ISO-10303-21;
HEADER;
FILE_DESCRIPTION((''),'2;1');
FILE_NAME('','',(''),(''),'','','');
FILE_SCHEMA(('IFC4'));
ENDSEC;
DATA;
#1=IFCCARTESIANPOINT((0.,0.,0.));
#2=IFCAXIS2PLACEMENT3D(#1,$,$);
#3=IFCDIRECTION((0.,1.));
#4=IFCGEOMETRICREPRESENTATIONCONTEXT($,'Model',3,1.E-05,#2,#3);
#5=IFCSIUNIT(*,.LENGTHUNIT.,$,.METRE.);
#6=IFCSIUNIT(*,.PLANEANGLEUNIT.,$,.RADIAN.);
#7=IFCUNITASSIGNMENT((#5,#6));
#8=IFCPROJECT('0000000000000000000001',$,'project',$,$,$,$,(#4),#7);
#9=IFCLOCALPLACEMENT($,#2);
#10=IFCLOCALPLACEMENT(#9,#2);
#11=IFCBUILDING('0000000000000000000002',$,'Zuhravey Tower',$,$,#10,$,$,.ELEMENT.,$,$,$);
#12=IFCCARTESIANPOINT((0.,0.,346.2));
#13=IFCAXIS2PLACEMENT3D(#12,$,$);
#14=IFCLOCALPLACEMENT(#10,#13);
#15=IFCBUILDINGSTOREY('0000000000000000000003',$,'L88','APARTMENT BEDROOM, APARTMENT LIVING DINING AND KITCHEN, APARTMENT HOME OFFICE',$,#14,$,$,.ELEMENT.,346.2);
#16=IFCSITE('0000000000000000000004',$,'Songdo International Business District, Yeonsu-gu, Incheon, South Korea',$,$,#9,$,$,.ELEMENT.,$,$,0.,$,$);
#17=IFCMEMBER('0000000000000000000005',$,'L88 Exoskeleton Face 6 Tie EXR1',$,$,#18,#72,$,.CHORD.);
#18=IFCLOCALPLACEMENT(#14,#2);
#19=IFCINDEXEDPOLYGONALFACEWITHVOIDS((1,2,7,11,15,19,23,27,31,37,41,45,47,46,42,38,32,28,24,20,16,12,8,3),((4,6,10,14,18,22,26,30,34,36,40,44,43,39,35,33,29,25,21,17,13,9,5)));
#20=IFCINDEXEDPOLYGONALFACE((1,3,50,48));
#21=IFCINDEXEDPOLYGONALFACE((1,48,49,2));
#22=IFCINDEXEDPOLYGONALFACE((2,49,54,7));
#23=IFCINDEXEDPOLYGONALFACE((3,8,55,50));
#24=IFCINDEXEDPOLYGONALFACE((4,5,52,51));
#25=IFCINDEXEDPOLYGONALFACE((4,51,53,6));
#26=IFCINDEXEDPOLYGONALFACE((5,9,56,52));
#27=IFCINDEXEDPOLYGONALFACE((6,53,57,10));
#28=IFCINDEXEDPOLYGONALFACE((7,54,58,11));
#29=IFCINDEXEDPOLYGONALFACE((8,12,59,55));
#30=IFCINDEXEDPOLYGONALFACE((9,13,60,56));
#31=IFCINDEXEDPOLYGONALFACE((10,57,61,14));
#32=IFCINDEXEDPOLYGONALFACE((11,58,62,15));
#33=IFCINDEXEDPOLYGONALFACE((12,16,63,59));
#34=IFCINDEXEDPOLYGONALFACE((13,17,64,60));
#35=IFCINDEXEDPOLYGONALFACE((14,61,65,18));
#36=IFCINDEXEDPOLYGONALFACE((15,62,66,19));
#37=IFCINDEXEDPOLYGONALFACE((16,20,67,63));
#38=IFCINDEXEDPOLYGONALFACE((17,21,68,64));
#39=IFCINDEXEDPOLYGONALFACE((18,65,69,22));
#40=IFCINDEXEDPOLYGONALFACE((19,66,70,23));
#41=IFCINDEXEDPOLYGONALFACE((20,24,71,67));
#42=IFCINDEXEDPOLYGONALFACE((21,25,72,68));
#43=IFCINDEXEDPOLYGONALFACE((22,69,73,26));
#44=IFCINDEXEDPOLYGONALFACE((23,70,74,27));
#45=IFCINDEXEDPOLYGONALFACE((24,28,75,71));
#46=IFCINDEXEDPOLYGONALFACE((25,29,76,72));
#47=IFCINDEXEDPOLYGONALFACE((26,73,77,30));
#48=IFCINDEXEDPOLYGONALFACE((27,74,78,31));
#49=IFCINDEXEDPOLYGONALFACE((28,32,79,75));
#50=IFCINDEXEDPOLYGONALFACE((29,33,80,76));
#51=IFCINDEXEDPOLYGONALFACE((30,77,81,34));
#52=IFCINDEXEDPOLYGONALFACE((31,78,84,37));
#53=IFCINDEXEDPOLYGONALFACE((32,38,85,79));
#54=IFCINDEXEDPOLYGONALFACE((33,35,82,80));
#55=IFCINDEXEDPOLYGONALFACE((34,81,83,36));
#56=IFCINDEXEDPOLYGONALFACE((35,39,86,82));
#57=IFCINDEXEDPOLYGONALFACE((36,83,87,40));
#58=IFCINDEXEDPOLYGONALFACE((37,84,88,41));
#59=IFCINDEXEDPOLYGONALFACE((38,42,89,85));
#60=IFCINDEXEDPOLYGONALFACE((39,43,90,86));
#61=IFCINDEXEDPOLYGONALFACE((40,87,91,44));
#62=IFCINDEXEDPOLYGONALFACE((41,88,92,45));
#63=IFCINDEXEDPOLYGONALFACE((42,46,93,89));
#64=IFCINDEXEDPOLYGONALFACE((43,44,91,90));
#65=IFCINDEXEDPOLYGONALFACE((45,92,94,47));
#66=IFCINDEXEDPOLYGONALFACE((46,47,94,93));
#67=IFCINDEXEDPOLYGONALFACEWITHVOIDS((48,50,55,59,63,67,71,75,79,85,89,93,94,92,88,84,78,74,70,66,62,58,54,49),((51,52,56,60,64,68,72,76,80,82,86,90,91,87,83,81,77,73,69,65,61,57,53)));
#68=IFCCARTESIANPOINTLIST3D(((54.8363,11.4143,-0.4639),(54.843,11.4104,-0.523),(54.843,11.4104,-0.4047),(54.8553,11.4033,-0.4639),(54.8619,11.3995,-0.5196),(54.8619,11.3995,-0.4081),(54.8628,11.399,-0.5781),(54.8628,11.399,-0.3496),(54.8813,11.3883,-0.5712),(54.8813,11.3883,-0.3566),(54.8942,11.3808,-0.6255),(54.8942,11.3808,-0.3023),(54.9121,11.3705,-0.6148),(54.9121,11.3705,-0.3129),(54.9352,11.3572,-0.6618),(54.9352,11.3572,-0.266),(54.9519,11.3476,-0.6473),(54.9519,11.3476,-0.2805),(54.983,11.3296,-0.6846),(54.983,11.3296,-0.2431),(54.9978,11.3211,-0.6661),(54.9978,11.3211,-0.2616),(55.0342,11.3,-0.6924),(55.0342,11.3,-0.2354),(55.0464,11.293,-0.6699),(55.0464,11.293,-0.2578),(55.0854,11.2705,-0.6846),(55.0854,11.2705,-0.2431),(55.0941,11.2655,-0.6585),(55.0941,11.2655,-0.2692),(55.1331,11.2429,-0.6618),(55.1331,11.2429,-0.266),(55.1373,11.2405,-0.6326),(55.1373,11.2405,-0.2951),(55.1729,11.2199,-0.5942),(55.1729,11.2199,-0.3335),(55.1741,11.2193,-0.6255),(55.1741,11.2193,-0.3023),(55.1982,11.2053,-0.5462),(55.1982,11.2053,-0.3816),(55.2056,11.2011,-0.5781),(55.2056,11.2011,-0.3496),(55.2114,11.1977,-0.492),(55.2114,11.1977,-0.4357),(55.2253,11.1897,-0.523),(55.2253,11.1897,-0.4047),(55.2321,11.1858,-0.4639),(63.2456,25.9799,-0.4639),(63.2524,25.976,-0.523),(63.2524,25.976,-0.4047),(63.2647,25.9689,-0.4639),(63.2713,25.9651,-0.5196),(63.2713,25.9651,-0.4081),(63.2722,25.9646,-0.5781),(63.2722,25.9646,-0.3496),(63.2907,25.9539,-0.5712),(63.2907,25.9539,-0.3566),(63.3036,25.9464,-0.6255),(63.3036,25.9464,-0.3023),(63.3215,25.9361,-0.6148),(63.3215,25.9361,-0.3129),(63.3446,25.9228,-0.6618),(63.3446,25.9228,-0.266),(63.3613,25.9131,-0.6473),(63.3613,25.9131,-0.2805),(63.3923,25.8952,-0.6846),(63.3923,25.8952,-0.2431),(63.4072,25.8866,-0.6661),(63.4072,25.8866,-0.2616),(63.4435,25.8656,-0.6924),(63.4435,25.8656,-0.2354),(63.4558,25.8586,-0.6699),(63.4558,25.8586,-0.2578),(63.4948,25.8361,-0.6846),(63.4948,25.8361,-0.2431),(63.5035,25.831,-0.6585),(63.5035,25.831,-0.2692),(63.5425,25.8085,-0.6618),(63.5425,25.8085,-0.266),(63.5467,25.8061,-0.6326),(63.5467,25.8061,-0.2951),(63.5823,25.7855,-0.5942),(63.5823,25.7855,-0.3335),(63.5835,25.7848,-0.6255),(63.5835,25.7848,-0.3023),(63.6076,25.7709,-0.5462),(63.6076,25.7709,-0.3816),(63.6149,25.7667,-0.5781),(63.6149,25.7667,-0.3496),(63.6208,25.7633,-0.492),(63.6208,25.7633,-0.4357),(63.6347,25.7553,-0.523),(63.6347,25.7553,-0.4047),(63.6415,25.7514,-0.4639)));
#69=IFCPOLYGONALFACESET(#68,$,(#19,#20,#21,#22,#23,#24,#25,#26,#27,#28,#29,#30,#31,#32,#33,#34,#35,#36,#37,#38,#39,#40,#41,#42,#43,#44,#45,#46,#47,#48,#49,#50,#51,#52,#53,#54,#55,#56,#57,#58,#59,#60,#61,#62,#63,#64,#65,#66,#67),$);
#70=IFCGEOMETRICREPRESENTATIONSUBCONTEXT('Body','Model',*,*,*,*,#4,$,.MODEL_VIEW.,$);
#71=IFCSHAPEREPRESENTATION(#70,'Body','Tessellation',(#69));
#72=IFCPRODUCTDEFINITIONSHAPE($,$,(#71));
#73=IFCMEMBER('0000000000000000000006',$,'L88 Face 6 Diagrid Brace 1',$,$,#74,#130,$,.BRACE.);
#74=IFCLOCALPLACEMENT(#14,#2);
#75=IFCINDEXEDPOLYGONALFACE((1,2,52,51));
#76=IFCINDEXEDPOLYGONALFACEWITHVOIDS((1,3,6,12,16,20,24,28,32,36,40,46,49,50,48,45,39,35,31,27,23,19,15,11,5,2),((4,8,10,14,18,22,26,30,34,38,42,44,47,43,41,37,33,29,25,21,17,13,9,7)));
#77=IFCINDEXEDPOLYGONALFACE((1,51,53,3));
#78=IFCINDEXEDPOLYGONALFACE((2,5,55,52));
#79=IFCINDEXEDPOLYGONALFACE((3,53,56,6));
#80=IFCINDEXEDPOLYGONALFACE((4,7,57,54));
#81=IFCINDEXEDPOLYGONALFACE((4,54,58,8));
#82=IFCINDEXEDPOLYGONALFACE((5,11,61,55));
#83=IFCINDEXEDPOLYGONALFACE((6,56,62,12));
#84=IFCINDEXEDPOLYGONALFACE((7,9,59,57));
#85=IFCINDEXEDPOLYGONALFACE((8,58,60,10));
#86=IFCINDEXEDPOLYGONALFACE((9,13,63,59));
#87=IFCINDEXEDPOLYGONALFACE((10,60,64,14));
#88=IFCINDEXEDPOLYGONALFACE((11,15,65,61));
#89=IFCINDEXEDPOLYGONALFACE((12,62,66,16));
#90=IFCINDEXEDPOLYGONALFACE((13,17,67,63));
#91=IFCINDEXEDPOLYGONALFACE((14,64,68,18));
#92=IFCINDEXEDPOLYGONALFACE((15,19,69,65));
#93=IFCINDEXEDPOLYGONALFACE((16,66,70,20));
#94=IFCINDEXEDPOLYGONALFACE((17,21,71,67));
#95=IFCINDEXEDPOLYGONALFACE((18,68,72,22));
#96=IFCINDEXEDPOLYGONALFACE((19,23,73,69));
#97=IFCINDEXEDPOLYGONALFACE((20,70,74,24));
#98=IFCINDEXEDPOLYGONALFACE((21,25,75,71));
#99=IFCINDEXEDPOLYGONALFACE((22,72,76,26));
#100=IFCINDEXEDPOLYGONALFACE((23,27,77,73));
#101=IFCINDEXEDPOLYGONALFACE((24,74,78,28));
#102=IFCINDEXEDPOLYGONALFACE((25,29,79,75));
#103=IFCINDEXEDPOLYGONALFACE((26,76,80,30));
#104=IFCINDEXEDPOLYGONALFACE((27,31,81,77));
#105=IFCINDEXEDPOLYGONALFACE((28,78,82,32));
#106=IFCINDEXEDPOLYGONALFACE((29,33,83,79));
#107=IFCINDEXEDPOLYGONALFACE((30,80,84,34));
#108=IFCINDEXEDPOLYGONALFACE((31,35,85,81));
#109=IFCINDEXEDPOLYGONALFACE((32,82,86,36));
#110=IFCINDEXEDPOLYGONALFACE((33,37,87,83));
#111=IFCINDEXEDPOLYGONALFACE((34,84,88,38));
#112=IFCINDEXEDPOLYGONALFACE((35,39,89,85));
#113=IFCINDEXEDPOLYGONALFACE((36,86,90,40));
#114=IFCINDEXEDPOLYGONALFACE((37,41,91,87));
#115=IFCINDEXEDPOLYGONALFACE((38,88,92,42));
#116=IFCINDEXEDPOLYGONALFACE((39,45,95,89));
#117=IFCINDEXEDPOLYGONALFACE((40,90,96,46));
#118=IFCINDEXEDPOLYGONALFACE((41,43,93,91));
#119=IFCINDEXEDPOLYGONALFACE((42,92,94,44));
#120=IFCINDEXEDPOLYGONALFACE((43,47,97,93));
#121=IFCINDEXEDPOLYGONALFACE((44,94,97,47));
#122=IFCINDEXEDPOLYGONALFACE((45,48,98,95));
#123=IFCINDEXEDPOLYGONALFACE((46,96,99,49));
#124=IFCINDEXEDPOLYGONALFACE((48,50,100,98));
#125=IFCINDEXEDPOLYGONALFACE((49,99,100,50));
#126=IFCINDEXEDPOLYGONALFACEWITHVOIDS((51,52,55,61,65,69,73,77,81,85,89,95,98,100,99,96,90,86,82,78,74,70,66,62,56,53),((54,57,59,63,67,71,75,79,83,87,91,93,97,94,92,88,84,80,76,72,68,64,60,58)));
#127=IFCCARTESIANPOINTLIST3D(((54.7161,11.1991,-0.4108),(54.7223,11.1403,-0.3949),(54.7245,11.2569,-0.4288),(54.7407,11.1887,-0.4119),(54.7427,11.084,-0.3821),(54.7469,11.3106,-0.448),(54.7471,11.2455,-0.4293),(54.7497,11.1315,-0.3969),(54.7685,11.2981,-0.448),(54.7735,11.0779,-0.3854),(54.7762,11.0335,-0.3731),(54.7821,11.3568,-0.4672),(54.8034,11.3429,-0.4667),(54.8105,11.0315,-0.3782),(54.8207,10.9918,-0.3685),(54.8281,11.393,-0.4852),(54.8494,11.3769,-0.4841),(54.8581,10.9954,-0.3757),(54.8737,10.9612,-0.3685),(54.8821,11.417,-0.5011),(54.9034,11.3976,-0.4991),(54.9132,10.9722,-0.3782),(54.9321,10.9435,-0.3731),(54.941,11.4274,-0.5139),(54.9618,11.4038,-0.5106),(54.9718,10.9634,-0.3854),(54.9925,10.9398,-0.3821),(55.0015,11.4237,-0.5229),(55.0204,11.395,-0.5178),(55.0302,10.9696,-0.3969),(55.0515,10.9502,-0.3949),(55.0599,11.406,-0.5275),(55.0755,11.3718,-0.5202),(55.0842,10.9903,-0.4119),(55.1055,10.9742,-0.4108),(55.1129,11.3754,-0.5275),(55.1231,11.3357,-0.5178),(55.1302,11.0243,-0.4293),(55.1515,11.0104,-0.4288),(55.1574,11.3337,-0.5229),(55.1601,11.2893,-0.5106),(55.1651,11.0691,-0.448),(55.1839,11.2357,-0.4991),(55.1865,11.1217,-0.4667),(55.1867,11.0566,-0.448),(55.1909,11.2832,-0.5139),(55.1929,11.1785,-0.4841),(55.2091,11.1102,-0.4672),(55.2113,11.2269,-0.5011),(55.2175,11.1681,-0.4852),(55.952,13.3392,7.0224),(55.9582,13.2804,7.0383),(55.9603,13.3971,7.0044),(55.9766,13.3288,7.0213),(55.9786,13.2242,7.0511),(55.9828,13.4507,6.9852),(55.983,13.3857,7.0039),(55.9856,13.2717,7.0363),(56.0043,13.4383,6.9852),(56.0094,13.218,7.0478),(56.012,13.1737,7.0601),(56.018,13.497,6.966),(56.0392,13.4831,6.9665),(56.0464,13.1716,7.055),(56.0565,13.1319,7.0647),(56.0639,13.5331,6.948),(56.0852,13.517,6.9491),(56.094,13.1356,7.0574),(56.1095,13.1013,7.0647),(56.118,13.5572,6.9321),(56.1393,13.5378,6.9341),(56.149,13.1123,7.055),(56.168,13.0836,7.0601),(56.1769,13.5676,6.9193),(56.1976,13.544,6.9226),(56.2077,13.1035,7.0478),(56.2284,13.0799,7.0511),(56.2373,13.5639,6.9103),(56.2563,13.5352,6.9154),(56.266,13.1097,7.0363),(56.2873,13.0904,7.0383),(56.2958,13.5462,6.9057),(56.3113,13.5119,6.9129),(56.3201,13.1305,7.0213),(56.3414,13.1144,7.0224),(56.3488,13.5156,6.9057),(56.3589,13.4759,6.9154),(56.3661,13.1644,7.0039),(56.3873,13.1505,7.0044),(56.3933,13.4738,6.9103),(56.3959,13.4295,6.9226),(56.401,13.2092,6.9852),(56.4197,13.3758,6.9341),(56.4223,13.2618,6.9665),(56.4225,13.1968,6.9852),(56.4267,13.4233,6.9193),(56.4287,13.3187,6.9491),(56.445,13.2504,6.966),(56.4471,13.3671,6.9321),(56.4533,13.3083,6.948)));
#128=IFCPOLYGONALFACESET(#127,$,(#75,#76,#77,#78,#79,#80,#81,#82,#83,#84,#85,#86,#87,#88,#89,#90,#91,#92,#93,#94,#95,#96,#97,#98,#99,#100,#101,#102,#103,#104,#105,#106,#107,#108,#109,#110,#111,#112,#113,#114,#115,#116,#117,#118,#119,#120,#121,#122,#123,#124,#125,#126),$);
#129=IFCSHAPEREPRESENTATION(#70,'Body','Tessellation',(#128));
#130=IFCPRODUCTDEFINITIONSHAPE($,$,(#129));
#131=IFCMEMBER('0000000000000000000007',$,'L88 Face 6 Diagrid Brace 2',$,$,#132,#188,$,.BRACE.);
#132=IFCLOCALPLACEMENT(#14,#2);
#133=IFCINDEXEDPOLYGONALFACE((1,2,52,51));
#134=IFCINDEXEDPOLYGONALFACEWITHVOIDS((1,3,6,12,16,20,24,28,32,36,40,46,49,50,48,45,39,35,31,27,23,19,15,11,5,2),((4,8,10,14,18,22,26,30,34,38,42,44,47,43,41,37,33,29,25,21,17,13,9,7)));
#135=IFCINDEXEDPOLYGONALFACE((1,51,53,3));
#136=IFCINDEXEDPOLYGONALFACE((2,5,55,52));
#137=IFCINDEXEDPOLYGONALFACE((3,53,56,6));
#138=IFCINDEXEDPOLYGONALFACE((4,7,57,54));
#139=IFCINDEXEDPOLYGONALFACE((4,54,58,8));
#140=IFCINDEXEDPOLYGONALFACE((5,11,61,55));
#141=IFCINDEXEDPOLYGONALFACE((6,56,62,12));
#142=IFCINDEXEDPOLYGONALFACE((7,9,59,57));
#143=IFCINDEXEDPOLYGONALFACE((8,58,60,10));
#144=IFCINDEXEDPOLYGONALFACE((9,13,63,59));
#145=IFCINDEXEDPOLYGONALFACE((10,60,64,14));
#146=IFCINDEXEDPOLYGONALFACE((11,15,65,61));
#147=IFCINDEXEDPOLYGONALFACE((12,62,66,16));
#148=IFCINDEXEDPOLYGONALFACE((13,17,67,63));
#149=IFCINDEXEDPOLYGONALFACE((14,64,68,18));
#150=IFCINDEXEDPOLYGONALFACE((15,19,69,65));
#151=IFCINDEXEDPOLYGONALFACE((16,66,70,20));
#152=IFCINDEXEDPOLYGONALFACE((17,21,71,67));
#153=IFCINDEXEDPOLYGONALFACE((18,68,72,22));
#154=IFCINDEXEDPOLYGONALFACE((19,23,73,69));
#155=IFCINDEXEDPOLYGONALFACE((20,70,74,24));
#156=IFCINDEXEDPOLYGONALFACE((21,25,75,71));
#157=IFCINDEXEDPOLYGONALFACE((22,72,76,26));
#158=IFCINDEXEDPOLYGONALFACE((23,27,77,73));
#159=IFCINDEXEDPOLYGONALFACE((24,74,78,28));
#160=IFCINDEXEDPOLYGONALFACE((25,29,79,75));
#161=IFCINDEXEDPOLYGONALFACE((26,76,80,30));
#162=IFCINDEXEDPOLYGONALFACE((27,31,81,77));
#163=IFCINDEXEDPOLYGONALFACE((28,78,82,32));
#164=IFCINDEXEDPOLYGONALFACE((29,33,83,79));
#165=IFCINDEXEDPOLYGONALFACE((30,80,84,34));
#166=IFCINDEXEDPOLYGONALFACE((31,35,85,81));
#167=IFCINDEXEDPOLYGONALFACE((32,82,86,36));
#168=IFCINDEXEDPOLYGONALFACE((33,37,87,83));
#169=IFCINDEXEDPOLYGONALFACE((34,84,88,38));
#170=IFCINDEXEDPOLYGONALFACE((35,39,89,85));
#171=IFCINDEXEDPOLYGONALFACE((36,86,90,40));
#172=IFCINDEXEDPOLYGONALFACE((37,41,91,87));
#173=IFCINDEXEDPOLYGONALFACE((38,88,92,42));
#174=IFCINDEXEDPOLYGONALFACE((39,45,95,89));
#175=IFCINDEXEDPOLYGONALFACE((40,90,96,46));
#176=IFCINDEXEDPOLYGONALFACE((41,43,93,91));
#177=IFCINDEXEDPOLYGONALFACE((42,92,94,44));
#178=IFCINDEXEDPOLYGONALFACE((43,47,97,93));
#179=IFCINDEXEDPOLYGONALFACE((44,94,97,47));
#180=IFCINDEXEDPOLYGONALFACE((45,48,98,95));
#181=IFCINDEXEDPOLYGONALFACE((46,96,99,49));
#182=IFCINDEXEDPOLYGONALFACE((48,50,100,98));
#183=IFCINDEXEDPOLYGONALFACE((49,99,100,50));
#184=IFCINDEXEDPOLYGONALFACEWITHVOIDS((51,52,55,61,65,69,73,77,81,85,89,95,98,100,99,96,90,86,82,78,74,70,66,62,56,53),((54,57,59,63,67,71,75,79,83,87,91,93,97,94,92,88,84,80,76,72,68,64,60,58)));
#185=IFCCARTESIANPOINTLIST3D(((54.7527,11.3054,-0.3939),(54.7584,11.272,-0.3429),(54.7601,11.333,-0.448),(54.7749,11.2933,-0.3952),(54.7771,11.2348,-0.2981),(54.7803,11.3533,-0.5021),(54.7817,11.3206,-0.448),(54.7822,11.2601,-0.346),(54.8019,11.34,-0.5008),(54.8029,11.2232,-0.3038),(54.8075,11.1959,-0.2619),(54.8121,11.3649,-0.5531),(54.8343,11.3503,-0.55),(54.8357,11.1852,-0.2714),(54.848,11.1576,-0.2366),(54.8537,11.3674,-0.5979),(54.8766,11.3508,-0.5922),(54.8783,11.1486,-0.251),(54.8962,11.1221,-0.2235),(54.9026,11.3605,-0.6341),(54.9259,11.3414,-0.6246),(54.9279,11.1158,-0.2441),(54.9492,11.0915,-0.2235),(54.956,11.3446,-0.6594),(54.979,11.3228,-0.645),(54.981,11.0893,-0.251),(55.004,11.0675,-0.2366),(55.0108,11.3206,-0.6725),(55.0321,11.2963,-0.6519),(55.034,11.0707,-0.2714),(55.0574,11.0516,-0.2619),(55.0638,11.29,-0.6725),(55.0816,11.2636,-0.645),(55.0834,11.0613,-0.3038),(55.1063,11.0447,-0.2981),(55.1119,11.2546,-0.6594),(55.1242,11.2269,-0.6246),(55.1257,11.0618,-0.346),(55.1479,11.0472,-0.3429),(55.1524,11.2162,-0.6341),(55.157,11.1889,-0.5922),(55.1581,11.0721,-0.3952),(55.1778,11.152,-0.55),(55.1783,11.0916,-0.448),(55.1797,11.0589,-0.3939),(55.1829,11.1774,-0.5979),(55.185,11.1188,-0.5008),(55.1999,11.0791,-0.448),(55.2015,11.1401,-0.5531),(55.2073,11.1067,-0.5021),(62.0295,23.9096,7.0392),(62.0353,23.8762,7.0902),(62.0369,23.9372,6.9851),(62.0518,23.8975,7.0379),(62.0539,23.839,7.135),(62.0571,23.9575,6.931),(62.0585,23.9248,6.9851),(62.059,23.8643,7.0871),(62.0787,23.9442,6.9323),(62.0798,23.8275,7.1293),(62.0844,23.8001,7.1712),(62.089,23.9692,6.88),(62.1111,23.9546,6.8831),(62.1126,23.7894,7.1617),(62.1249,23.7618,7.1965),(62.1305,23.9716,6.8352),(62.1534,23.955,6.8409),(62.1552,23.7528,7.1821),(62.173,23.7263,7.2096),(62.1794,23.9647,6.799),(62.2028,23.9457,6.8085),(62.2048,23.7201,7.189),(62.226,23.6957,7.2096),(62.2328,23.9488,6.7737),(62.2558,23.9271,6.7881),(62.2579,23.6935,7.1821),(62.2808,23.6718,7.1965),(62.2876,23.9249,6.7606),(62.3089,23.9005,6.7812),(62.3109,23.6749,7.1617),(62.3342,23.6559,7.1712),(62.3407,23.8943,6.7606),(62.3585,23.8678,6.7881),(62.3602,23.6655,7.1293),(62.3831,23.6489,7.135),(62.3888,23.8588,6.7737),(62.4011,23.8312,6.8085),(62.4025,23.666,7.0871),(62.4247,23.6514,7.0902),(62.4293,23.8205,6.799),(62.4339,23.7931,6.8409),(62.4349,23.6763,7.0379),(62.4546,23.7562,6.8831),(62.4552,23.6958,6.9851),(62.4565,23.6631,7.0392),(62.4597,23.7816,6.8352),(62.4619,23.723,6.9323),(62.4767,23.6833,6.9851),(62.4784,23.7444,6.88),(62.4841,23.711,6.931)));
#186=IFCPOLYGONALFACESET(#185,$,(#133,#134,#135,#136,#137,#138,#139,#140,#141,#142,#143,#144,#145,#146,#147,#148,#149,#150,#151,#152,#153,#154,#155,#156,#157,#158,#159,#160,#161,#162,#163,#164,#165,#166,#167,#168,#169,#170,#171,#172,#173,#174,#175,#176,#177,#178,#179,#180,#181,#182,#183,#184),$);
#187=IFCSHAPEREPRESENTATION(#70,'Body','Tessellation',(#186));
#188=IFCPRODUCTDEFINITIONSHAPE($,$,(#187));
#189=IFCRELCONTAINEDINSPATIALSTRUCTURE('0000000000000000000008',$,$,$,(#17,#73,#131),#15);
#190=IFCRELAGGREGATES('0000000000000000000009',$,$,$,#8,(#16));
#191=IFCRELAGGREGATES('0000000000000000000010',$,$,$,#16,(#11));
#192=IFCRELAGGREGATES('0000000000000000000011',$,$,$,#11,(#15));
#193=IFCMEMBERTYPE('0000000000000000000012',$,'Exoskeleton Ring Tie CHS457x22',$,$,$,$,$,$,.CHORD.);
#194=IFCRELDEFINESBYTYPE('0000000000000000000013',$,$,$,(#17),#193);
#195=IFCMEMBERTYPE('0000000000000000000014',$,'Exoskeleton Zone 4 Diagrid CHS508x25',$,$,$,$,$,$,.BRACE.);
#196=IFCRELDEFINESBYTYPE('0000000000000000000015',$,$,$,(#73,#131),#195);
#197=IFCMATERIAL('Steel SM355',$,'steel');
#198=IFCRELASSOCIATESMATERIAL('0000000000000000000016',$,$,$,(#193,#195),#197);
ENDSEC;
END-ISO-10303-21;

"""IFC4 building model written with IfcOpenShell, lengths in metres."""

from ifc_helpers import new_model, si_unit, direction, frame, origin, origin_2d, place, context, subcontext, project, spatial, hollow_circle, extrude, material, material_profile, profile_set, type_object, element, save


model = new_model("IFC4")

# Units and contexts
model_context = context("Model", 3, precision=1e-05, world=origin(), true_north=direction((0.0, 1.0)))
body_context = subcontext(model_context, "Body", "Model", "MODEL_VIEW")
ifc_project = project(units=[si_unit("LENGTHUNIT", "METRE"), si_unit("PLANEANGLEUNIT", "RADIAN")], contexts=[model_context])

# Site, building, storey
site_placement = place(None, origin())
site = spatial("IfcSite", under=ifc_project, at=site_placement, Name="Songdo International Business District, Yeonsu-gu, Incheon, South Korea", CompositionType="ELEMENT", RefElevation=0.0)
building_placement = place(site_placement, origin())
building = spatial("IfcBuilding", under=site, at=building_placement, Name="Zuhravey Tower", CompositionType="ELEMENT")
storey_placement = place(building_placement, frame((0.0, 0.0, 346.2)))
storey = spatial("IfcBuildingStorey", under=building, at=storey_placement, Name="L88", Description="APARTMENT BEDROOM, APARTMENT LIVING DINING AND KITCHEN, APARTMENT HOME OFFICE", CompositionType="ELEMENT", Elevation=346.2)

# Members
ifc_material_1 = material(Name="Steel SM355", Category="steel")
ifc_material_profile_1 = material_profile(ifc_material_1, hollow_circle(Radius=0.2285, WallThickness=0.022, at=origin_2d()), Name="CHS-457.2x22")
ifc_profile_set_1 = profile_set([ifc_material_profile_1], Name="Steel SM355")
member_type_1 = type_object("IfcMemberType", Name="Exoskeleton Ring Tie CHS457x22", PredefinedType="CHORD", material=ifc_profile_set_1)
member_1_placement = place(storey_placement, frame((55.0342, 11.3, -0.4639), z_axis=(0.499997, 0.866027, 0.0), x_axis=(-0.866027, 0.499997, 0.0)))
element("IfcMember", 1, at=member_1_placement, inside=storey, type_object=member_type_1, Name="L88 Exoskeleton Face 6 Tie EXR1", PredefinedType="CHORD", context=body_context, shape_type="SweptSolid", body=[
    extrude(hollow_circle(Radius=0.2285, WallThickness=0.022, at=origin_2d()), origin(), (0.0, 0.0, 1.0), 16.8188),
])
ifc_material_profile_2 = material_profile(ifc_material_1, hollow_circle(Radius=0.2539, WallThickness=0.0249, at=origin_2d()), Name="CHS-508.0x25")
ifc_profile_set_2 = profile_set([ifc_material_profile_2], Name="Steel SM355")
member_type_2 = type_object("IfcMemberType", Name="Exoskeleton Zone 4 Diagrid CHS508x25", PredefinedType="BRACE", material=ifc_profile_set_2)
member_2_placement = place(storey_placement, frame((54.9668, 11.1836, -0.448), z_axis=(0.15777, 0.273215, 0.948927), x_axis=(-0.865985, 0.50007, 0.0)))
element("IfcMember", 2, at=member_2_placement, inside=storey, type_object=member_type_2, Name="L88 Face 6 Diagrid Brace 1", PredefinedType="BRACE", context=body_context, shape_type="SweptSolid", body=[
    extrude(hollow_circle(Radius=0.2539, WallThickness=0.0249, at=origin_2d()), origin(), (0.0, 0.0, 1.0), 7.8333),
])
member_3_placement = place(storey_placement, frame((54.98, 11.2061, -0.448), z_axis=(0.445277, 0.771265, 0.454838), x_axis=(-0.866032, 0.499989, 0.0)))
element("IfcMember", 3, at=member_3_placement, inside=storey, type_object=member_type_2, Name="L88 Face 6 Diagrid Brace 2", PredefinedType="BRACE", context=body_context, shape_type="SweptSolid", body=[
    extrude(hollow_circle(Radius=0.2539, WallThickness=0.0249, at=origin_2d()), origin(), (0.0, 0.0, 1.0), 16.3423),
])

save(model, "model.ifc")
